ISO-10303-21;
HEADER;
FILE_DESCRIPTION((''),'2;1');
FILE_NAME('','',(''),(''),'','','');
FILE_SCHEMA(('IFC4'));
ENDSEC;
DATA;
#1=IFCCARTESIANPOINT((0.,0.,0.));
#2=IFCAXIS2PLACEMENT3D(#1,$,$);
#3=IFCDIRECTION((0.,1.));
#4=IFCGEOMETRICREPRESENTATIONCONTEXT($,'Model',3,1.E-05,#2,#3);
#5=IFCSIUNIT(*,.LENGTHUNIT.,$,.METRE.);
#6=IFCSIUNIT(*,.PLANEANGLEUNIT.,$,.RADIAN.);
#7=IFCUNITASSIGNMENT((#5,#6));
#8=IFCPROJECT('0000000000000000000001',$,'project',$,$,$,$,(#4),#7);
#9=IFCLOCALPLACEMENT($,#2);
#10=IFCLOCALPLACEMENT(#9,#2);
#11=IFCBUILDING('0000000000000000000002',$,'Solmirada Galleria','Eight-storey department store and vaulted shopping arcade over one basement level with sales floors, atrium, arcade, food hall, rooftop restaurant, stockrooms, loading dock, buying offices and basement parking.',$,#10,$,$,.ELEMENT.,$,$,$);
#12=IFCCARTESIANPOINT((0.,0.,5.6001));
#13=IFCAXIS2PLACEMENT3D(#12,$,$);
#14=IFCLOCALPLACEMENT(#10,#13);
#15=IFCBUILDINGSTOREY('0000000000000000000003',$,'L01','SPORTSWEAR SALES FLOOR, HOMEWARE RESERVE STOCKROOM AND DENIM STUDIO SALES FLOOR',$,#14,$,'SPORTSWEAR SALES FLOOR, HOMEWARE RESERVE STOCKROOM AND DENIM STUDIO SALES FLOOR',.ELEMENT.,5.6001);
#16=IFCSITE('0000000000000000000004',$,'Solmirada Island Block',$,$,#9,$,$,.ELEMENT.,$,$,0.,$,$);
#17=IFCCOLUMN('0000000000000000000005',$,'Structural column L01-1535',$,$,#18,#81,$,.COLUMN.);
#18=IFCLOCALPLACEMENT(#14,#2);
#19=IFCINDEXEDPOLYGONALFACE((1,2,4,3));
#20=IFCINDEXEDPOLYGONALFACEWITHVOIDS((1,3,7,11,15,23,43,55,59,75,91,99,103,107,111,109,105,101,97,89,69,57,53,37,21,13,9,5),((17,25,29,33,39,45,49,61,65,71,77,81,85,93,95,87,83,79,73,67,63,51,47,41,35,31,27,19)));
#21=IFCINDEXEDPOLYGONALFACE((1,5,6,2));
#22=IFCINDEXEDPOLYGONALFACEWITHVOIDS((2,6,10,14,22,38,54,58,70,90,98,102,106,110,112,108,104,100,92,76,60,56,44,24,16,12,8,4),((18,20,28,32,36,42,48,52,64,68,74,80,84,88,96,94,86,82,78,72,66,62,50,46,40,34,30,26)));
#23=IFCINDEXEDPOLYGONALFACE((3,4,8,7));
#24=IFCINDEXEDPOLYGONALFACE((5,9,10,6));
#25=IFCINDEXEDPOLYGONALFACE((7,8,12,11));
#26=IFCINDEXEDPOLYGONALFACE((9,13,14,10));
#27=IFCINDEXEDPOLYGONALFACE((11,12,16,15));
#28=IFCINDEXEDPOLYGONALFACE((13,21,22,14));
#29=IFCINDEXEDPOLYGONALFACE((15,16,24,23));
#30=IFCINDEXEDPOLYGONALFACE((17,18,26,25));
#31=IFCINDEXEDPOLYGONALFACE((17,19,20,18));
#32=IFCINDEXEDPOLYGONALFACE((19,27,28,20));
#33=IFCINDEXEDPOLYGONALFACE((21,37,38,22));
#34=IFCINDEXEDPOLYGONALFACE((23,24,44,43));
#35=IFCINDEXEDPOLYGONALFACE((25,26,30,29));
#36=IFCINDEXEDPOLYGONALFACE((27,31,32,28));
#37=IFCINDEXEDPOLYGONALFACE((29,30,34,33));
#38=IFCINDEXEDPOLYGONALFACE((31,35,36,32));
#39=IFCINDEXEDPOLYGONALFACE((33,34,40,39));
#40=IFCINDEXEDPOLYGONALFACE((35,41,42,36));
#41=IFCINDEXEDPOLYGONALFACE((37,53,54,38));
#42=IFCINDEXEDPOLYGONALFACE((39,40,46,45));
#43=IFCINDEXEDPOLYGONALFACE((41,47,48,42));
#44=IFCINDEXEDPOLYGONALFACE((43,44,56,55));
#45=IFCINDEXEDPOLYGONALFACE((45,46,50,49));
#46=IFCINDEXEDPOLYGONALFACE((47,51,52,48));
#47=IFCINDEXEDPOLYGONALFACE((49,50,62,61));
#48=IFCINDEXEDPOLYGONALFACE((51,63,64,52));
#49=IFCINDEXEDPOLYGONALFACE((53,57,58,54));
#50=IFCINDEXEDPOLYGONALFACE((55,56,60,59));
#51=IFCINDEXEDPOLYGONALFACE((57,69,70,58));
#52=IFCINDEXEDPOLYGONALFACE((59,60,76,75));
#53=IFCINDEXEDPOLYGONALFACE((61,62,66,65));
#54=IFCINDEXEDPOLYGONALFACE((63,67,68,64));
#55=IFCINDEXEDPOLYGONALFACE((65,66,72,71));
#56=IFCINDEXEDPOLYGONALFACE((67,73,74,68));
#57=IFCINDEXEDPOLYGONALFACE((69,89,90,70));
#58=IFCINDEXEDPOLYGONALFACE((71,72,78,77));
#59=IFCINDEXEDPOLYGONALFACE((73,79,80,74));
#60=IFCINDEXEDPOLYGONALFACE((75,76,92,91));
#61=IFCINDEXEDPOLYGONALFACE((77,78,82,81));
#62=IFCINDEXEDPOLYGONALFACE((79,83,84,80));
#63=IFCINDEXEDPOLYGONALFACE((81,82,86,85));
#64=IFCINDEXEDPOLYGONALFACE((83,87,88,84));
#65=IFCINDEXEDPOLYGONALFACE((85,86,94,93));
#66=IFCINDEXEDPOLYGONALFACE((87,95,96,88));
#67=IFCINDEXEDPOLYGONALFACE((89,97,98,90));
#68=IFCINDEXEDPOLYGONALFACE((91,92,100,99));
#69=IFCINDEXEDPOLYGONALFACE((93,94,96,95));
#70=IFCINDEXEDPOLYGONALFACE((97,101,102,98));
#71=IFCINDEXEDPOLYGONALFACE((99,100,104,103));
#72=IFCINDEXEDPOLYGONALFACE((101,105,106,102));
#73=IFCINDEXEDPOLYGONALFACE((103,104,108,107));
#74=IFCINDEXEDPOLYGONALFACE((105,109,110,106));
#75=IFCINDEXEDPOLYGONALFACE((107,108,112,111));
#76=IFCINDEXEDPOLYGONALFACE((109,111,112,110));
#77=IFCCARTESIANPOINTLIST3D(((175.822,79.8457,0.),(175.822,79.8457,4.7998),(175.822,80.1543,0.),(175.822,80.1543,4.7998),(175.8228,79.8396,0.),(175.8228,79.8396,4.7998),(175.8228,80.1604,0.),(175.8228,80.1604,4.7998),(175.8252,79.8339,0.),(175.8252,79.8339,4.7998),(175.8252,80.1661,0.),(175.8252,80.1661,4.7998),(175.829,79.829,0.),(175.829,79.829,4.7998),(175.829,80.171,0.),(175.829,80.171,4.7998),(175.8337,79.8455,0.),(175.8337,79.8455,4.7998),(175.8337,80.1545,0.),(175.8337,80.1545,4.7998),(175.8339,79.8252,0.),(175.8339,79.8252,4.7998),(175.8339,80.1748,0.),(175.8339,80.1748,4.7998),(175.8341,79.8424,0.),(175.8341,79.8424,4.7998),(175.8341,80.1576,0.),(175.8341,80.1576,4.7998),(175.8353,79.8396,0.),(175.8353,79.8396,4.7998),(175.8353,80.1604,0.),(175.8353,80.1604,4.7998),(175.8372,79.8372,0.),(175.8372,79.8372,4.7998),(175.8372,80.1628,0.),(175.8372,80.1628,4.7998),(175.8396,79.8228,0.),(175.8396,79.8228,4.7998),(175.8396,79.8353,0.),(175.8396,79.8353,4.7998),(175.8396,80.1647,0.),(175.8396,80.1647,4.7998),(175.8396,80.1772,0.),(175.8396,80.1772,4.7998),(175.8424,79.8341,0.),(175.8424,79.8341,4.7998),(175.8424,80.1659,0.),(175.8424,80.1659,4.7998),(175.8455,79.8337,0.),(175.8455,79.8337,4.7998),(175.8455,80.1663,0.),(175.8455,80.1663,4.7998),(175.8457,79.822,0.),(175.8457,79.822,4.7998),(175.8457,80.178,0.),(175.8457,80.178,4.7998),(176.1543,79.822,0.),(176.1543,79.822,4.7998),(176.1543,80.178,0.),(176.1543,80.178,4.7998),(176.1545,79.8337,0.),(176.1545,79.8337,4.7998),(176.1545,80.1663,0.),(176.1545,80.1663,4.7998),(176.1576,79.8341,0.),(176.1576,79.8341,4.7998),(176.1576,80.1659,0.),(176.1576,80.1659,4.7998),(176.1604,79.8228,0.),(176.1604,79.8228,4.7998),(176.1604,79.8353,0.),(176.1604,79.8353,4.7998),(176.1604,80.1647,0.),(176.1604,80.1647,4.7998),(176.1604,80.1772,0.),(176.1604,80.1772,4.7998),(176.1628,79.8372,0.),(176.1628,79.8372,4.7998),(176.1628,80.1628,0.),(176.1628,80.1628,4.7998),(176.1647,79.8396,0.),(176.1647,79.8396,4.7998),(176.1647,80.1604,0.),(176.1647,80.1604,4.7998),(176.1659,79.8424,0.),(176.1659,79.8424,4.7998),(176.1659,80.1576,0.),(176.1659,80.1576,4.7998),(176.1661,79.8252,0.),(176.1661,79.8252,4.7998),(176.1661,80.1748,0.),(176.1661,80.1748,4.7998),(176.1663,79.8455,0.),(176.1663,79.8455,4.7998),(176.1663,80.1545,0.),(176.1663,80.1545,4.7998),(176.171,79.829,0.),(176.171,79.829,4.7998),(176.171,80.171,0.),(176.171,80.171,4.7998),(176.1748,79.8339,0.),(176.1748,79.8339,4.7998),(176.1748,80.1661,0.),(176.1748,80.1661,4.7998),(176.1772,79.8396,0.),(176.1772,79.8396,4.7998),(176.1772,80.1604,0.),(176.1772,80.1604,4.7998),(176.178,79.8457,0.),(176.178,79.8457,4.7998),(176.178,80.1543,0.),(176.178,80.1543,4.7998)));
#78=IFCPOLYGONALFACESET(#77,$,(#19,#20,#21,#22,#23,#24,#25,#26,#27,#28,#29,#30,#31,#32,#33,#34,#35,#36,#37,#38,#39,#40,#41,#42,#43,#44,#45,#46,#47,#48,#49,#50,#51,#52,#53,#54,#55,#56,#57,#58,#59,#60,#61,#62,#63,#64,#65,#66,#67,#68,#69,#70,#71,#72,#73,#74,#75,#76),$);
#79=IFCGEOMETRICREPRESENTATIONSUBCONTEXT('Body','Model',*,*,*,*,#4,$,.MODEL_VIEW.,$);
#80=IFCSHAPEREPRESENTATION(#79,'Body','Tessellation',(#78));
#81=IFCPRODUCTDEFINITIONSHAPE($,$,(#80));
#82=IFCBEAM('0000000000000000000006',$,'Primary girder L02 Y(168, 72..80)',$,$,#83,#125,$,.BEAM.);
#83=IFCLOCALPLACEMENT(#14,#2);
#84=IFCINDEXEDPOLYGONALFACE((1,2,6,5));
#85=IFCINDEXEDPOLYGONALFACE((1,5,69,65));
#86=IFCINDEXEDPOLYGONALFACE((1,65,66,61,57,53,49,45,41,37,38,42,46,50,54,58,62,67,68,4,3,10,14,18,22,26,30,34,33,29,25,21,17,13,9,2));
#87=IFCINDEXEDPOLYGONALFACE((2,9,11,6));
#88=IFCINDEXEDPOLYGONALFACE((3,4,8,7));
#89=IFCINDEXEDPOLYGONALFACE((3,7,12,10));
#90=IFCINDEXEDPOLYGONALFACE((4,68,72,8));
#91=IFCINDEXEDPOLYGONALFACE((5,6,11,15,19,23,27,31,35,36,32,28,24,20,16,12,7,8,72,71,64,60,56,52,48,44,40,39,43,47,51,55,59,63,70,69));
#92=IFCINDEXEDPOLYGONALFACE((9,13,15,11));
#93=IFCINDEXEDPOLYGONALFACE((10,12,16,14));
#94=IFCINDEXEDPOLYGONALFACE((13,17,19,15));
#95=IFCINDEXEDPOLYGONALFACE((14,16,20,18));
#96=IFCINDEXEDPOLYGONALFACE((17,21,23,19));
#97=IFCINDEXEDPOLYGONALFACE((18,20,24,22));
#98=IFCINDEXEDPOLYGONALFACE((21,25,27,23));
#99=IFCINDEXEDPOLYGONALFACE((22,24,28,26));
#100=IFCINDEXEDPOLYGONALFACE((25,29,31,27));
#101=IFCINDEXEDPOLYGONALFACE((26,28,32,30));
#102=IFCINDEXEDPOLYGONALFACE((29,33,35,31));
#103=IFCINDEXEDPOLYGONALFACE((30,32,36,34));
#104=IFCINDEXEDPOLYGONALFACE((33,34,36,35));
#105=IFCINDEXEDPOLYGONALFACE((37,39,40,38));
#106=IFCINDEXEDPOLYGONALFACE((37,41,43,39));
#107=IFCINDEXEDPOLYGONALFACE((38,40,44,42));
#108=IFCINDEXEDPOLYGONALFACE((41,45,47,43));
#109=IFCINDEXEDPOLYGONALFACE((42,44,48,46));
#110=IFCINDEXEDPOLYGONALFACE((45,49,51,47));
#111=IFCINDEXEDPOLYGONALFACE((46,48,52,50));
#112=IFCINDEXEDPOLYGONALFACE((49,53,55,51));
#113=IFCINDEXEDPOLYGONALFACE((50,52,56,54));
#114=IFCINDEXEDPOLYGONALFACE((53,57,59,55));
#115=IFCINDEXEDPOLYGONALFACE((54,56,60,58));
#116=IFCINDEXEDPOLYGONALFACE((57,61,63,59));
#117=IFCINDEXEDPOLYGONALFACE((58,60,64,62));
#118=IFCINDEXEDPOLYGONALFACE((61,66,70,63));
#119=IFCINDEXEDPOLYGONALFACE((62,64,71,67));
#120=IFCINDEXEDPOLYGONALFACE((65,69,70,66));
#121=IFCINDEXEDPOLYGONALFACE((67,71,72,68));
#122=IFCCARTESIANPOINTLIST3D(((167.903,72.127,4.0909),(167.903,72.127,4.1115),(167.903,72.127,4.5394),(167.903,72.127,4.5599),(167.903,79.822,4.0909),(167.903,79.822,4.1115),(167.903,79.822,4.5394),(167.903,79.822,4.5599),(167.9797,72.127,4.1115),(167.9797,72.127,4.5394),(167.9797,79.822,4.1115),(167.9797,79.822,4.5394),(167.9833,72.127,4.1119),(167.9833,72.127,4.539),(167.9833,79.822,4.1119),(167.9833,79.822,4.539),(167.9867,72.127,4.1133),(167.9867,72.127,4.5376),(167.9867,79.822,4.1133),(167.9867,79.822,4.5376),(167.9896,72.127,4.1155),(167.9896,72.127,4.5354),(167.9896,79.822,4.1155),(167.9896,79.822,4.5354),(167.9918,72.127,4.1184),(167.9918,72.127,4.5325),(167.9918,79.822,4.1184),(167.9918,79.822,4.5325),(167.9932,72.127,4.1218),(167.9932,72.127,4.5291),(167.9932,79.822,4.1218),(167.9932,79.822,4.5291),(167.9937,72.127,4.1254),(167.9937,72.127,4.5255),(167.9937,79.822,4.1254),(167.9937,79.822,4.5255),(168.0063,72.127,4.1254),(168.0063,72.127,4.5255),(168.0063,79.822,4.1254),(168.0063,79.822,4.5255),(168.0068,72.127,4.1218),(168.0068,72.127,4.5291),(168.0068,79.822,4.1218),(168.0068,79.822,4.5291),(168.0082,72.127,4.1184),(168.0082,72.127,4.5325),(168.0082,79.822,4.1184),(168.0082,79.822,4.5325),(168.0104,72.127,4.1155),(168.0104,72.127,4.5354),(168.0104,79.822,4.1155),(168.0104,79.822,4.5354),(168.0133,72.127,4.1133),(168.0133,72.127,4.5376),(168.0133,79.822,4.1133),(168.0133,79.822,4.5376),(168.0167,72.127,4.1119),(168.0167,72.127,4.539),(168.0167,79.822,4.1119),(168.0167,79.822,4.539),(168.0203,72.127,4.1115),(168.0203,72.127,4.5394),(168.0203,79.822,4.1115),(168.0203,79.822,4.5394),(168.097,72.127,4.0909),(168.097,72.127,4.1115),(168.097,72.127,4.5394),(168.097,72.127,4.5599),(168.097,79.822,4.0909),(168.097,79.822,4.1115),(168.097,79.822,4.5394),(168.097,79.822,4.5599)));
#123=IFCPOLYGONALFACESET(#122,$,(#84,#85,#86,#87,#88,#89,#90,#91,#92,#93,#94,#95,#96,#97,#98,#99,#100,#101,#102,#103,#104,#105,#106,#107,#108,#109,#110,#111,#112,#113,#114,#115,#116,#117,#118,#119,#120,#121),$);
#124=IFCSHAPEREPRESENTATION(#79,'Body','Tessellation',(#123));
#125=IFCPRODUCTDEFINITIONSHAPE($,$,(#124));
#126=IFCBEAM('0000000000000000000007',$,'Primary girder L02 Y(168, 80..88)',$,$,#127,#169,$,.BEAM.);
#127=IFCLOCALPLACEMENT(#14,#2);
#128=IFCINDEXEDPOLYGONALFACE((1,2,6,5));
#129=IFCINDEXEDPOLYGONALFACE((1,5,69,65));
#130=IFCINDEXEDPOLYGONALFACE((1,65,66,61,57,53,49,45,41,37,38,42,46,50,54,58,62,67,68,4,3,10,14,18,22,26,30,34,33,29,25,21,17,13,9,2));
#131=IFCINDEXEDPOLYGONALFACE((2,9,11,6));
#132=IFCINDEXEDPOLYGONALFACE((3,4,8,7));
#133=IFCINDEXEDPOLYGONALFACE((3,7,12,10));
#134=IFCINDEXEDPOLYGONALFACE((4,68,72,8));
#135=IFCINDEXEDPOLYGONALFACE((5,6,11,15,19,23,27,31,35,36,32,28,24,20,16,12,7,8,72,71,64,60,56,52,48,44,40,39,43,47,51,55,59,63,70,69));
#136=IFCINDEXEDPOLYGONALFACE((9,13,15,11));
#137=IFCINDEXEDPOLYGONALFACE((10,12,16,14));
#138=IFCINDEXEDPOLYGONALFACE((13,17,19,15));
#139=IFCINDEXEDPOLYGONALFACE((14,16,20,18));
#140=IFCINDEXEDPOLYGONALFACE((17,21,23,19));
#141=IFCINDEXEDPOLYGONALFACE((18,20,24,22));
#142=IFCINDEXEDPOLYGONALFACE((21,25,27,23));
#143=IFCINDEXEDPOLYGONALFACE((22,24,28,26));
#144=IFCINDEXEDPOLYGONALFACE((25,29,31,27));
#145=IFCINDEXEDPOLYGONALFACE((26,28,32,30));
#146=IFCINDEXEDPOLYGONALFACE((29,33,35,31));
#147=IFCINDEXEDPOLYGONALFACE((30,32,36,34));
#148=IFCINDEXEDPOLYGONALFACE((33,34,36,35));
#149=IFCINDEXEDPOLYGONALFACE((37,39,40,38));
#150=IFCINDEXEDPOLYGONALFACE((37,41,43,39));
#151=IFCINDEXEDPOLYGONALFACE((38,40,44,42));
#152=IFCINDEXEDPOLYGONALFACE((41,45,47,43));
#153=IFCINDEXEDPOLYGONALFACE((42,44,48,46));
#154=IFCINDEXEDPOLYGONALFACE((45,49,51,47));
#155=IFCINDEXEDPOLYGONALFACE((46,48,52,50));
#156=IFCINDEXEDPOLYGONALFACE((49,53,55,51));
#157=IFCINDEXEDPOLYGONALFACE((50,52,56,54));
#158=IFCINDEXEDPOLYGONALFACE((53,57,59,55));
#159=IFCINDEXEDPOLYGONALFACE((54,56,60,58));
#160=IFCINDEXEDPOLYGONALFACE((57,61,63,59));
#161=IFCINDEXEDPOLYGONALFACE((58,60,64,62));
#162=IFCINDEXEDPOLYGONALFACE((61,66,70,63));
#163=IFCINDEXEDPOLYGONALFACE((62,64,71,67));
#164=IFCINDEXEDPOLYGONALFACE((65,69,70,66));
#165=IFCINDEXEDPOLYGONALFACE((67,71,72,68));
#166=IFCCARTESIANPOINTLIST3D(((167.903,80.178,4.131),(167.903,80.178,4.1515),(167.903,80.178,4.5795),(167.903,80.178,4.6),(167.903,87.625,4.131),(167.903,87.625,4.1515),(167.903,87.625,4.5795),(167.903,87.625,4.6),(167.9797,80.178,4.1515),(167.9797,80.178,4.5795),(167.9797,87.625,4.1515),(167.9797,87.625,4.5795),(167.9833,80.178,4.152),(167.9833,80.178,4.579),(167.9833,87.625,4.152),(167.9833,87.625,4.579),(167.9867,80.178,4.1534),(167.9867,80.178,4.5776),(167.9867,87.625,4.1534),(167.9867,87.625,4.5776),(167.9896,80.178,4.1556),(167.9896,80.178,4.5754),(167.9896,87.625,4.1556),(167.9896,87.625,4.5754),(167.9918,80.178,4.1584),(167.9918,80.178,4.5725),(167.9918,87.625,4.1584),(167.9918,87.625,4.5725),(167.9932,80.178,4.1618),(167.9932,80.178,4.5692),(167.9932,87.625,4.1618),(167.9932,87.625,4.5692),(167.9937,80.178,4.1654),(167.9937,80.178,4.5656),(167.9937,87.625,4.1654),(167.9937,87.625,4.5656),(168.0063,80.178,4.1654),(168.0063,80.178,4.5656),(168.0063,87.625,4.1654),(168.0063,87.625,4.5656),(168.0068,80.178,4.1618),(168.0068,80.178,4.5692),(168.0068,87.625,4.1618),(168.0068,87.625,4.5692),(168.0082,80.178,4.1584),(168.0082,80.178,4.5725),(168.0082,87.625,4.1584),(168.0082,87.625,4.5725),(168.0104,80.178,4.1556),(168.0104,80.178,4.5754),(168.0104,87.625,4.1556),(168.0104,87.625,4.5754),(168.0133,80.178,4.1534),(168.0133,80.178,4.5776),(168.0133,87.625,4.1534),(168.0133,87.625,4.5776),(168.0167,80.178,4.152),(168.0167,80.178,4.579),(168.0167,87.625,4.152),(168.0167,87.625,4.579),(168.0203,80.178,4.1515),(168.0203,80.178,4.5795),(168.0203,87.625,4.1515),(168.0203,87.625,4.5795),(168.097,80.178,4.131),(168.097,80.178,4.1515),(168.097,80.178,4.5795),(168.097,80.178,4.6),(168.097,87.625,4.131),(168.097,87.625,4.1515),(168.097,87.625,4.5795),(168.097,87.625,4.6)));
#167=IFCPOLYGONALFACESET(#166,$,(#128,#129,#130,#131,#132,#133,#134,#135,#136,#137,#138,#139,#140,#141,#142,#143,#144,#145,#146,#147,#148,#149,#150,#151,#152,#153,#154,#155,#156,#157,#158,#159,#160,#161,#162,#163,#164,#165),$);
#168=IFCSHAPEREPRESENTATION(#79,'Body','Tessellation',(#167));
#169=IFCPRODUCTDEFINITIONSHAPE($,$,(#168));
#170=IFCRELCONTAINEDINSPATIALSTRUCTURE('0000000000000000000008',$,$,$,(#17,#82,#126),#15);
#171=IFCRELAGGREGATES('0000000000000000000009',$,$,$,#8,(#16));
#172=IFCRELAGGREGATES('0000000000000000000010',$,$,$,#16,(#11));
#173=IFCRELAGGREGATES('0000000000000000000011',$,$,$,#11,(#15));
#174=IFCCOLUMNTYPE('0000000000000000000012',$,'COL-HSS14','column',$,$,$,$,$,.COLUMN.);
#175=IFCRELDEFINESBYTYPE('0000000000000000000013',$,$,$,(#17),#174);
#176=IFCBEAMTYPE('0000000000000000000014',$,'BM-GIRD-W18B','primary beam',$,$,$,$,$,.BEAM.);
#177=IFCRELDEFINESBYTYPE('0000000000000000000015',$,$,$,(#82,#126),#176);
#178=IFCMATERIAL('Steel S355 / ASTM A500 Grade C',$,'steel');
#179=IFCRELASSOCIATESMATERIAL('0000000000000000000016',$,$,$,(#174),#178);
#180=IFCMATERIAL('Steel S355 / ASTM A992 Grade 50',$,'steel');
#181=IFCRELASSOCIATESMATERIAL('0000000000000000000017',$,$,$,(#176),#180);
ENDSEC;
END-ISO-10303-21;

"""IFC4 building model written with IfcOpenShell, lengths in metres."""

from ifc_helpers import new_model, si_unit, direction, frame, origin, origin_2d, place, context, subcontext, project, spatial, hollow_rectangle, i_section, extrude, material, material_profile, profile_set, type_object, element, save


model = new_model("IFC4")

# Units and contexts
model_context = context("Model", 3, precision=1e-05, world=origin(), true_north=direction((0.0, 1.0)))
body_context = subcontext(model_context, "Body", "Model", "MODEL_VIEW")
ifc_project = project(units=[si_unit("LENGTHUNIT", "METRE"), si_unit("PLANEANGLEUNIT", "RADIAN")], contexts=[model_context])

# Site, building, storey
site_placement = place(None, origin())
site = spatial("IfcSite", under=ifc_project, at=site_placement, Name="Solmirada Island Block", CompositionType="ELEMENT", RefElevation=0.0)
building_placement = place(site_placement, origin())
building = spatial("IfcBuilding", under=site, at=building_placement, Name="Solmirada Galleria", Description="Eight-storey department store and vaulted shopping arcade over one basement level with sales floors, atrium, arcade, food hall, rooftop restaurant, stockrooms, loading dock, buying offices and basement parking.", CompositionType="ELEMENT")
storey_placement = place(building_placement, frame((0.0, 0.0, 5.6001)))
storey = spatial("IfcBuildingStorey", under=building, at=storey_placement, Name="L01", Description="SPORTSWEAR SALES FLOOR, HOMEWARE RESERVE STOCKROOM AND DENIM STUDIO SALES FLOOR", LongName="SPORTSWEAR SALES FLOOR, HOMEWARE RESERVE STOCKROOM AND DENIM STUDIO SALES FLOOR", CompositionType="ELEMENT", Elevation=5.6001)

# Column
ifc_material_1 = material(Name="Steel S355 / ASTM A500 Grade C", Category="steel")
ifc_material_profile_1 = material_profile(ifc_material_1, hollow_rectangle(XDim=0.356, YDim=0.356, WallThickness=0.0117, InnerFilletRadius=0.0117, OuterFilletRadius=0.0237, at=origin_2d()), Name="HSS14X14X1/2")
ifc_profile_set_1 = profile_set([ifc_material_profile_1], Name="Steel S355 / ASTM A500 Grade C")
column_type_1 = type_object("IfcColumnType", Name="COL-HSS14", Description="column", PredefinedType="COLUMN", material=ifc_profile_set_1)
for number, where, z_axis, x_axis, name in (
    (1, (176.0, 80.0, 0.0), (0.0, 0.0, 1.0), (1.0, 0.0, 0.0), "Structural column L01-1535"),
):
    element("IfcColumn", number, at=place(storey_placement, frame(where, z_axis=z_axis, x_axis=x_axis)), inside=storey, type_object=column_type_1, Name=name, PredefinedType="COLUMN", context=body_context, shape_type="SweptSolid", body=[
        extrude(hollow_rectangle(XDim=0.356, YDim=0.356, WallThickness=0.0117, InnerFilletRadius=0.0117, OuterFilletRadius=0.0237, at=origin_2d()), origin(), (0.0, 0.0, 1.0), 4.7998),
    ])

# Beams
ifc_material_2 = material(Name="Steel S355 / ASTM A992 Grade 50", Category="steel")
ifc_material_profile_2 = material_profile(ifc_material_2, i_section(OverallWidth=0.1941, OverallDepth=0.469, WebThickness=0.0127, FlangeThickness=0.0205, FilletRadius=0.0139, at=origin_2d()), Name="W18X71")
ifc_profile_set_2 = profile_set([ifc_material_profile_2], Name="Steel S355 / ASTM A992 Grade 50")
beam_type_1 = type_object("IfcBeamType", Name="BM-GIRD-W18B", Description="primary beam", PredefinedType="BEAM", material=ifc_profile_set_2)
beam_1_placement = place(storey_placement, frame((168.0, 72.127, 4.3254), z_axis=(0.0, 1.0, 0.0), x_axis=(-1.0, 0.0, 0.0)))
element("IfcBeam", 2, at=beam_1_placement, inside=storey, type_object=beam_type_1, Name="Primary girder L02 Y(168, 72..80)", PredefinedType="BEAM", context=body_context, shape_type="SweptSolid", body=[
    extrude(i_section(OverallWidth=0.1941, OverallDepth=0.469, WebThickness=0.0127, FlangeThickness=0.0205, FilletRadius=0.0139, at=origin_2d()), origin(), (0.0, 0.0, 1.0), 7.6951),
])
beam_2_placement = place(storey_placement, frame((168.0, 80.178, 4.3655), z_axis=(0.0, 1.0, 0.0), x_axis=(-1.0, 0.0, 0.0)))
element("IfcBeam", 3, at=beam_2_placement, inside=storey, type_object=beam_type_1, Name="Primary girder L02 Y(168, 80..88)", PredefinedType="BEAM", context=body_context, shape_type="SweptSolid", body=[
    extrude(i_section(OverallWidth=0.1941, OverallDepth=0.469, WebThickness=0.0127, FlangeThickness=0.0205, FilletRadius=0.0139, at=origin_2d()), origin(), (0.0, 0.0, 1.0), 7.447),
])

save(model, "model.ifc")
